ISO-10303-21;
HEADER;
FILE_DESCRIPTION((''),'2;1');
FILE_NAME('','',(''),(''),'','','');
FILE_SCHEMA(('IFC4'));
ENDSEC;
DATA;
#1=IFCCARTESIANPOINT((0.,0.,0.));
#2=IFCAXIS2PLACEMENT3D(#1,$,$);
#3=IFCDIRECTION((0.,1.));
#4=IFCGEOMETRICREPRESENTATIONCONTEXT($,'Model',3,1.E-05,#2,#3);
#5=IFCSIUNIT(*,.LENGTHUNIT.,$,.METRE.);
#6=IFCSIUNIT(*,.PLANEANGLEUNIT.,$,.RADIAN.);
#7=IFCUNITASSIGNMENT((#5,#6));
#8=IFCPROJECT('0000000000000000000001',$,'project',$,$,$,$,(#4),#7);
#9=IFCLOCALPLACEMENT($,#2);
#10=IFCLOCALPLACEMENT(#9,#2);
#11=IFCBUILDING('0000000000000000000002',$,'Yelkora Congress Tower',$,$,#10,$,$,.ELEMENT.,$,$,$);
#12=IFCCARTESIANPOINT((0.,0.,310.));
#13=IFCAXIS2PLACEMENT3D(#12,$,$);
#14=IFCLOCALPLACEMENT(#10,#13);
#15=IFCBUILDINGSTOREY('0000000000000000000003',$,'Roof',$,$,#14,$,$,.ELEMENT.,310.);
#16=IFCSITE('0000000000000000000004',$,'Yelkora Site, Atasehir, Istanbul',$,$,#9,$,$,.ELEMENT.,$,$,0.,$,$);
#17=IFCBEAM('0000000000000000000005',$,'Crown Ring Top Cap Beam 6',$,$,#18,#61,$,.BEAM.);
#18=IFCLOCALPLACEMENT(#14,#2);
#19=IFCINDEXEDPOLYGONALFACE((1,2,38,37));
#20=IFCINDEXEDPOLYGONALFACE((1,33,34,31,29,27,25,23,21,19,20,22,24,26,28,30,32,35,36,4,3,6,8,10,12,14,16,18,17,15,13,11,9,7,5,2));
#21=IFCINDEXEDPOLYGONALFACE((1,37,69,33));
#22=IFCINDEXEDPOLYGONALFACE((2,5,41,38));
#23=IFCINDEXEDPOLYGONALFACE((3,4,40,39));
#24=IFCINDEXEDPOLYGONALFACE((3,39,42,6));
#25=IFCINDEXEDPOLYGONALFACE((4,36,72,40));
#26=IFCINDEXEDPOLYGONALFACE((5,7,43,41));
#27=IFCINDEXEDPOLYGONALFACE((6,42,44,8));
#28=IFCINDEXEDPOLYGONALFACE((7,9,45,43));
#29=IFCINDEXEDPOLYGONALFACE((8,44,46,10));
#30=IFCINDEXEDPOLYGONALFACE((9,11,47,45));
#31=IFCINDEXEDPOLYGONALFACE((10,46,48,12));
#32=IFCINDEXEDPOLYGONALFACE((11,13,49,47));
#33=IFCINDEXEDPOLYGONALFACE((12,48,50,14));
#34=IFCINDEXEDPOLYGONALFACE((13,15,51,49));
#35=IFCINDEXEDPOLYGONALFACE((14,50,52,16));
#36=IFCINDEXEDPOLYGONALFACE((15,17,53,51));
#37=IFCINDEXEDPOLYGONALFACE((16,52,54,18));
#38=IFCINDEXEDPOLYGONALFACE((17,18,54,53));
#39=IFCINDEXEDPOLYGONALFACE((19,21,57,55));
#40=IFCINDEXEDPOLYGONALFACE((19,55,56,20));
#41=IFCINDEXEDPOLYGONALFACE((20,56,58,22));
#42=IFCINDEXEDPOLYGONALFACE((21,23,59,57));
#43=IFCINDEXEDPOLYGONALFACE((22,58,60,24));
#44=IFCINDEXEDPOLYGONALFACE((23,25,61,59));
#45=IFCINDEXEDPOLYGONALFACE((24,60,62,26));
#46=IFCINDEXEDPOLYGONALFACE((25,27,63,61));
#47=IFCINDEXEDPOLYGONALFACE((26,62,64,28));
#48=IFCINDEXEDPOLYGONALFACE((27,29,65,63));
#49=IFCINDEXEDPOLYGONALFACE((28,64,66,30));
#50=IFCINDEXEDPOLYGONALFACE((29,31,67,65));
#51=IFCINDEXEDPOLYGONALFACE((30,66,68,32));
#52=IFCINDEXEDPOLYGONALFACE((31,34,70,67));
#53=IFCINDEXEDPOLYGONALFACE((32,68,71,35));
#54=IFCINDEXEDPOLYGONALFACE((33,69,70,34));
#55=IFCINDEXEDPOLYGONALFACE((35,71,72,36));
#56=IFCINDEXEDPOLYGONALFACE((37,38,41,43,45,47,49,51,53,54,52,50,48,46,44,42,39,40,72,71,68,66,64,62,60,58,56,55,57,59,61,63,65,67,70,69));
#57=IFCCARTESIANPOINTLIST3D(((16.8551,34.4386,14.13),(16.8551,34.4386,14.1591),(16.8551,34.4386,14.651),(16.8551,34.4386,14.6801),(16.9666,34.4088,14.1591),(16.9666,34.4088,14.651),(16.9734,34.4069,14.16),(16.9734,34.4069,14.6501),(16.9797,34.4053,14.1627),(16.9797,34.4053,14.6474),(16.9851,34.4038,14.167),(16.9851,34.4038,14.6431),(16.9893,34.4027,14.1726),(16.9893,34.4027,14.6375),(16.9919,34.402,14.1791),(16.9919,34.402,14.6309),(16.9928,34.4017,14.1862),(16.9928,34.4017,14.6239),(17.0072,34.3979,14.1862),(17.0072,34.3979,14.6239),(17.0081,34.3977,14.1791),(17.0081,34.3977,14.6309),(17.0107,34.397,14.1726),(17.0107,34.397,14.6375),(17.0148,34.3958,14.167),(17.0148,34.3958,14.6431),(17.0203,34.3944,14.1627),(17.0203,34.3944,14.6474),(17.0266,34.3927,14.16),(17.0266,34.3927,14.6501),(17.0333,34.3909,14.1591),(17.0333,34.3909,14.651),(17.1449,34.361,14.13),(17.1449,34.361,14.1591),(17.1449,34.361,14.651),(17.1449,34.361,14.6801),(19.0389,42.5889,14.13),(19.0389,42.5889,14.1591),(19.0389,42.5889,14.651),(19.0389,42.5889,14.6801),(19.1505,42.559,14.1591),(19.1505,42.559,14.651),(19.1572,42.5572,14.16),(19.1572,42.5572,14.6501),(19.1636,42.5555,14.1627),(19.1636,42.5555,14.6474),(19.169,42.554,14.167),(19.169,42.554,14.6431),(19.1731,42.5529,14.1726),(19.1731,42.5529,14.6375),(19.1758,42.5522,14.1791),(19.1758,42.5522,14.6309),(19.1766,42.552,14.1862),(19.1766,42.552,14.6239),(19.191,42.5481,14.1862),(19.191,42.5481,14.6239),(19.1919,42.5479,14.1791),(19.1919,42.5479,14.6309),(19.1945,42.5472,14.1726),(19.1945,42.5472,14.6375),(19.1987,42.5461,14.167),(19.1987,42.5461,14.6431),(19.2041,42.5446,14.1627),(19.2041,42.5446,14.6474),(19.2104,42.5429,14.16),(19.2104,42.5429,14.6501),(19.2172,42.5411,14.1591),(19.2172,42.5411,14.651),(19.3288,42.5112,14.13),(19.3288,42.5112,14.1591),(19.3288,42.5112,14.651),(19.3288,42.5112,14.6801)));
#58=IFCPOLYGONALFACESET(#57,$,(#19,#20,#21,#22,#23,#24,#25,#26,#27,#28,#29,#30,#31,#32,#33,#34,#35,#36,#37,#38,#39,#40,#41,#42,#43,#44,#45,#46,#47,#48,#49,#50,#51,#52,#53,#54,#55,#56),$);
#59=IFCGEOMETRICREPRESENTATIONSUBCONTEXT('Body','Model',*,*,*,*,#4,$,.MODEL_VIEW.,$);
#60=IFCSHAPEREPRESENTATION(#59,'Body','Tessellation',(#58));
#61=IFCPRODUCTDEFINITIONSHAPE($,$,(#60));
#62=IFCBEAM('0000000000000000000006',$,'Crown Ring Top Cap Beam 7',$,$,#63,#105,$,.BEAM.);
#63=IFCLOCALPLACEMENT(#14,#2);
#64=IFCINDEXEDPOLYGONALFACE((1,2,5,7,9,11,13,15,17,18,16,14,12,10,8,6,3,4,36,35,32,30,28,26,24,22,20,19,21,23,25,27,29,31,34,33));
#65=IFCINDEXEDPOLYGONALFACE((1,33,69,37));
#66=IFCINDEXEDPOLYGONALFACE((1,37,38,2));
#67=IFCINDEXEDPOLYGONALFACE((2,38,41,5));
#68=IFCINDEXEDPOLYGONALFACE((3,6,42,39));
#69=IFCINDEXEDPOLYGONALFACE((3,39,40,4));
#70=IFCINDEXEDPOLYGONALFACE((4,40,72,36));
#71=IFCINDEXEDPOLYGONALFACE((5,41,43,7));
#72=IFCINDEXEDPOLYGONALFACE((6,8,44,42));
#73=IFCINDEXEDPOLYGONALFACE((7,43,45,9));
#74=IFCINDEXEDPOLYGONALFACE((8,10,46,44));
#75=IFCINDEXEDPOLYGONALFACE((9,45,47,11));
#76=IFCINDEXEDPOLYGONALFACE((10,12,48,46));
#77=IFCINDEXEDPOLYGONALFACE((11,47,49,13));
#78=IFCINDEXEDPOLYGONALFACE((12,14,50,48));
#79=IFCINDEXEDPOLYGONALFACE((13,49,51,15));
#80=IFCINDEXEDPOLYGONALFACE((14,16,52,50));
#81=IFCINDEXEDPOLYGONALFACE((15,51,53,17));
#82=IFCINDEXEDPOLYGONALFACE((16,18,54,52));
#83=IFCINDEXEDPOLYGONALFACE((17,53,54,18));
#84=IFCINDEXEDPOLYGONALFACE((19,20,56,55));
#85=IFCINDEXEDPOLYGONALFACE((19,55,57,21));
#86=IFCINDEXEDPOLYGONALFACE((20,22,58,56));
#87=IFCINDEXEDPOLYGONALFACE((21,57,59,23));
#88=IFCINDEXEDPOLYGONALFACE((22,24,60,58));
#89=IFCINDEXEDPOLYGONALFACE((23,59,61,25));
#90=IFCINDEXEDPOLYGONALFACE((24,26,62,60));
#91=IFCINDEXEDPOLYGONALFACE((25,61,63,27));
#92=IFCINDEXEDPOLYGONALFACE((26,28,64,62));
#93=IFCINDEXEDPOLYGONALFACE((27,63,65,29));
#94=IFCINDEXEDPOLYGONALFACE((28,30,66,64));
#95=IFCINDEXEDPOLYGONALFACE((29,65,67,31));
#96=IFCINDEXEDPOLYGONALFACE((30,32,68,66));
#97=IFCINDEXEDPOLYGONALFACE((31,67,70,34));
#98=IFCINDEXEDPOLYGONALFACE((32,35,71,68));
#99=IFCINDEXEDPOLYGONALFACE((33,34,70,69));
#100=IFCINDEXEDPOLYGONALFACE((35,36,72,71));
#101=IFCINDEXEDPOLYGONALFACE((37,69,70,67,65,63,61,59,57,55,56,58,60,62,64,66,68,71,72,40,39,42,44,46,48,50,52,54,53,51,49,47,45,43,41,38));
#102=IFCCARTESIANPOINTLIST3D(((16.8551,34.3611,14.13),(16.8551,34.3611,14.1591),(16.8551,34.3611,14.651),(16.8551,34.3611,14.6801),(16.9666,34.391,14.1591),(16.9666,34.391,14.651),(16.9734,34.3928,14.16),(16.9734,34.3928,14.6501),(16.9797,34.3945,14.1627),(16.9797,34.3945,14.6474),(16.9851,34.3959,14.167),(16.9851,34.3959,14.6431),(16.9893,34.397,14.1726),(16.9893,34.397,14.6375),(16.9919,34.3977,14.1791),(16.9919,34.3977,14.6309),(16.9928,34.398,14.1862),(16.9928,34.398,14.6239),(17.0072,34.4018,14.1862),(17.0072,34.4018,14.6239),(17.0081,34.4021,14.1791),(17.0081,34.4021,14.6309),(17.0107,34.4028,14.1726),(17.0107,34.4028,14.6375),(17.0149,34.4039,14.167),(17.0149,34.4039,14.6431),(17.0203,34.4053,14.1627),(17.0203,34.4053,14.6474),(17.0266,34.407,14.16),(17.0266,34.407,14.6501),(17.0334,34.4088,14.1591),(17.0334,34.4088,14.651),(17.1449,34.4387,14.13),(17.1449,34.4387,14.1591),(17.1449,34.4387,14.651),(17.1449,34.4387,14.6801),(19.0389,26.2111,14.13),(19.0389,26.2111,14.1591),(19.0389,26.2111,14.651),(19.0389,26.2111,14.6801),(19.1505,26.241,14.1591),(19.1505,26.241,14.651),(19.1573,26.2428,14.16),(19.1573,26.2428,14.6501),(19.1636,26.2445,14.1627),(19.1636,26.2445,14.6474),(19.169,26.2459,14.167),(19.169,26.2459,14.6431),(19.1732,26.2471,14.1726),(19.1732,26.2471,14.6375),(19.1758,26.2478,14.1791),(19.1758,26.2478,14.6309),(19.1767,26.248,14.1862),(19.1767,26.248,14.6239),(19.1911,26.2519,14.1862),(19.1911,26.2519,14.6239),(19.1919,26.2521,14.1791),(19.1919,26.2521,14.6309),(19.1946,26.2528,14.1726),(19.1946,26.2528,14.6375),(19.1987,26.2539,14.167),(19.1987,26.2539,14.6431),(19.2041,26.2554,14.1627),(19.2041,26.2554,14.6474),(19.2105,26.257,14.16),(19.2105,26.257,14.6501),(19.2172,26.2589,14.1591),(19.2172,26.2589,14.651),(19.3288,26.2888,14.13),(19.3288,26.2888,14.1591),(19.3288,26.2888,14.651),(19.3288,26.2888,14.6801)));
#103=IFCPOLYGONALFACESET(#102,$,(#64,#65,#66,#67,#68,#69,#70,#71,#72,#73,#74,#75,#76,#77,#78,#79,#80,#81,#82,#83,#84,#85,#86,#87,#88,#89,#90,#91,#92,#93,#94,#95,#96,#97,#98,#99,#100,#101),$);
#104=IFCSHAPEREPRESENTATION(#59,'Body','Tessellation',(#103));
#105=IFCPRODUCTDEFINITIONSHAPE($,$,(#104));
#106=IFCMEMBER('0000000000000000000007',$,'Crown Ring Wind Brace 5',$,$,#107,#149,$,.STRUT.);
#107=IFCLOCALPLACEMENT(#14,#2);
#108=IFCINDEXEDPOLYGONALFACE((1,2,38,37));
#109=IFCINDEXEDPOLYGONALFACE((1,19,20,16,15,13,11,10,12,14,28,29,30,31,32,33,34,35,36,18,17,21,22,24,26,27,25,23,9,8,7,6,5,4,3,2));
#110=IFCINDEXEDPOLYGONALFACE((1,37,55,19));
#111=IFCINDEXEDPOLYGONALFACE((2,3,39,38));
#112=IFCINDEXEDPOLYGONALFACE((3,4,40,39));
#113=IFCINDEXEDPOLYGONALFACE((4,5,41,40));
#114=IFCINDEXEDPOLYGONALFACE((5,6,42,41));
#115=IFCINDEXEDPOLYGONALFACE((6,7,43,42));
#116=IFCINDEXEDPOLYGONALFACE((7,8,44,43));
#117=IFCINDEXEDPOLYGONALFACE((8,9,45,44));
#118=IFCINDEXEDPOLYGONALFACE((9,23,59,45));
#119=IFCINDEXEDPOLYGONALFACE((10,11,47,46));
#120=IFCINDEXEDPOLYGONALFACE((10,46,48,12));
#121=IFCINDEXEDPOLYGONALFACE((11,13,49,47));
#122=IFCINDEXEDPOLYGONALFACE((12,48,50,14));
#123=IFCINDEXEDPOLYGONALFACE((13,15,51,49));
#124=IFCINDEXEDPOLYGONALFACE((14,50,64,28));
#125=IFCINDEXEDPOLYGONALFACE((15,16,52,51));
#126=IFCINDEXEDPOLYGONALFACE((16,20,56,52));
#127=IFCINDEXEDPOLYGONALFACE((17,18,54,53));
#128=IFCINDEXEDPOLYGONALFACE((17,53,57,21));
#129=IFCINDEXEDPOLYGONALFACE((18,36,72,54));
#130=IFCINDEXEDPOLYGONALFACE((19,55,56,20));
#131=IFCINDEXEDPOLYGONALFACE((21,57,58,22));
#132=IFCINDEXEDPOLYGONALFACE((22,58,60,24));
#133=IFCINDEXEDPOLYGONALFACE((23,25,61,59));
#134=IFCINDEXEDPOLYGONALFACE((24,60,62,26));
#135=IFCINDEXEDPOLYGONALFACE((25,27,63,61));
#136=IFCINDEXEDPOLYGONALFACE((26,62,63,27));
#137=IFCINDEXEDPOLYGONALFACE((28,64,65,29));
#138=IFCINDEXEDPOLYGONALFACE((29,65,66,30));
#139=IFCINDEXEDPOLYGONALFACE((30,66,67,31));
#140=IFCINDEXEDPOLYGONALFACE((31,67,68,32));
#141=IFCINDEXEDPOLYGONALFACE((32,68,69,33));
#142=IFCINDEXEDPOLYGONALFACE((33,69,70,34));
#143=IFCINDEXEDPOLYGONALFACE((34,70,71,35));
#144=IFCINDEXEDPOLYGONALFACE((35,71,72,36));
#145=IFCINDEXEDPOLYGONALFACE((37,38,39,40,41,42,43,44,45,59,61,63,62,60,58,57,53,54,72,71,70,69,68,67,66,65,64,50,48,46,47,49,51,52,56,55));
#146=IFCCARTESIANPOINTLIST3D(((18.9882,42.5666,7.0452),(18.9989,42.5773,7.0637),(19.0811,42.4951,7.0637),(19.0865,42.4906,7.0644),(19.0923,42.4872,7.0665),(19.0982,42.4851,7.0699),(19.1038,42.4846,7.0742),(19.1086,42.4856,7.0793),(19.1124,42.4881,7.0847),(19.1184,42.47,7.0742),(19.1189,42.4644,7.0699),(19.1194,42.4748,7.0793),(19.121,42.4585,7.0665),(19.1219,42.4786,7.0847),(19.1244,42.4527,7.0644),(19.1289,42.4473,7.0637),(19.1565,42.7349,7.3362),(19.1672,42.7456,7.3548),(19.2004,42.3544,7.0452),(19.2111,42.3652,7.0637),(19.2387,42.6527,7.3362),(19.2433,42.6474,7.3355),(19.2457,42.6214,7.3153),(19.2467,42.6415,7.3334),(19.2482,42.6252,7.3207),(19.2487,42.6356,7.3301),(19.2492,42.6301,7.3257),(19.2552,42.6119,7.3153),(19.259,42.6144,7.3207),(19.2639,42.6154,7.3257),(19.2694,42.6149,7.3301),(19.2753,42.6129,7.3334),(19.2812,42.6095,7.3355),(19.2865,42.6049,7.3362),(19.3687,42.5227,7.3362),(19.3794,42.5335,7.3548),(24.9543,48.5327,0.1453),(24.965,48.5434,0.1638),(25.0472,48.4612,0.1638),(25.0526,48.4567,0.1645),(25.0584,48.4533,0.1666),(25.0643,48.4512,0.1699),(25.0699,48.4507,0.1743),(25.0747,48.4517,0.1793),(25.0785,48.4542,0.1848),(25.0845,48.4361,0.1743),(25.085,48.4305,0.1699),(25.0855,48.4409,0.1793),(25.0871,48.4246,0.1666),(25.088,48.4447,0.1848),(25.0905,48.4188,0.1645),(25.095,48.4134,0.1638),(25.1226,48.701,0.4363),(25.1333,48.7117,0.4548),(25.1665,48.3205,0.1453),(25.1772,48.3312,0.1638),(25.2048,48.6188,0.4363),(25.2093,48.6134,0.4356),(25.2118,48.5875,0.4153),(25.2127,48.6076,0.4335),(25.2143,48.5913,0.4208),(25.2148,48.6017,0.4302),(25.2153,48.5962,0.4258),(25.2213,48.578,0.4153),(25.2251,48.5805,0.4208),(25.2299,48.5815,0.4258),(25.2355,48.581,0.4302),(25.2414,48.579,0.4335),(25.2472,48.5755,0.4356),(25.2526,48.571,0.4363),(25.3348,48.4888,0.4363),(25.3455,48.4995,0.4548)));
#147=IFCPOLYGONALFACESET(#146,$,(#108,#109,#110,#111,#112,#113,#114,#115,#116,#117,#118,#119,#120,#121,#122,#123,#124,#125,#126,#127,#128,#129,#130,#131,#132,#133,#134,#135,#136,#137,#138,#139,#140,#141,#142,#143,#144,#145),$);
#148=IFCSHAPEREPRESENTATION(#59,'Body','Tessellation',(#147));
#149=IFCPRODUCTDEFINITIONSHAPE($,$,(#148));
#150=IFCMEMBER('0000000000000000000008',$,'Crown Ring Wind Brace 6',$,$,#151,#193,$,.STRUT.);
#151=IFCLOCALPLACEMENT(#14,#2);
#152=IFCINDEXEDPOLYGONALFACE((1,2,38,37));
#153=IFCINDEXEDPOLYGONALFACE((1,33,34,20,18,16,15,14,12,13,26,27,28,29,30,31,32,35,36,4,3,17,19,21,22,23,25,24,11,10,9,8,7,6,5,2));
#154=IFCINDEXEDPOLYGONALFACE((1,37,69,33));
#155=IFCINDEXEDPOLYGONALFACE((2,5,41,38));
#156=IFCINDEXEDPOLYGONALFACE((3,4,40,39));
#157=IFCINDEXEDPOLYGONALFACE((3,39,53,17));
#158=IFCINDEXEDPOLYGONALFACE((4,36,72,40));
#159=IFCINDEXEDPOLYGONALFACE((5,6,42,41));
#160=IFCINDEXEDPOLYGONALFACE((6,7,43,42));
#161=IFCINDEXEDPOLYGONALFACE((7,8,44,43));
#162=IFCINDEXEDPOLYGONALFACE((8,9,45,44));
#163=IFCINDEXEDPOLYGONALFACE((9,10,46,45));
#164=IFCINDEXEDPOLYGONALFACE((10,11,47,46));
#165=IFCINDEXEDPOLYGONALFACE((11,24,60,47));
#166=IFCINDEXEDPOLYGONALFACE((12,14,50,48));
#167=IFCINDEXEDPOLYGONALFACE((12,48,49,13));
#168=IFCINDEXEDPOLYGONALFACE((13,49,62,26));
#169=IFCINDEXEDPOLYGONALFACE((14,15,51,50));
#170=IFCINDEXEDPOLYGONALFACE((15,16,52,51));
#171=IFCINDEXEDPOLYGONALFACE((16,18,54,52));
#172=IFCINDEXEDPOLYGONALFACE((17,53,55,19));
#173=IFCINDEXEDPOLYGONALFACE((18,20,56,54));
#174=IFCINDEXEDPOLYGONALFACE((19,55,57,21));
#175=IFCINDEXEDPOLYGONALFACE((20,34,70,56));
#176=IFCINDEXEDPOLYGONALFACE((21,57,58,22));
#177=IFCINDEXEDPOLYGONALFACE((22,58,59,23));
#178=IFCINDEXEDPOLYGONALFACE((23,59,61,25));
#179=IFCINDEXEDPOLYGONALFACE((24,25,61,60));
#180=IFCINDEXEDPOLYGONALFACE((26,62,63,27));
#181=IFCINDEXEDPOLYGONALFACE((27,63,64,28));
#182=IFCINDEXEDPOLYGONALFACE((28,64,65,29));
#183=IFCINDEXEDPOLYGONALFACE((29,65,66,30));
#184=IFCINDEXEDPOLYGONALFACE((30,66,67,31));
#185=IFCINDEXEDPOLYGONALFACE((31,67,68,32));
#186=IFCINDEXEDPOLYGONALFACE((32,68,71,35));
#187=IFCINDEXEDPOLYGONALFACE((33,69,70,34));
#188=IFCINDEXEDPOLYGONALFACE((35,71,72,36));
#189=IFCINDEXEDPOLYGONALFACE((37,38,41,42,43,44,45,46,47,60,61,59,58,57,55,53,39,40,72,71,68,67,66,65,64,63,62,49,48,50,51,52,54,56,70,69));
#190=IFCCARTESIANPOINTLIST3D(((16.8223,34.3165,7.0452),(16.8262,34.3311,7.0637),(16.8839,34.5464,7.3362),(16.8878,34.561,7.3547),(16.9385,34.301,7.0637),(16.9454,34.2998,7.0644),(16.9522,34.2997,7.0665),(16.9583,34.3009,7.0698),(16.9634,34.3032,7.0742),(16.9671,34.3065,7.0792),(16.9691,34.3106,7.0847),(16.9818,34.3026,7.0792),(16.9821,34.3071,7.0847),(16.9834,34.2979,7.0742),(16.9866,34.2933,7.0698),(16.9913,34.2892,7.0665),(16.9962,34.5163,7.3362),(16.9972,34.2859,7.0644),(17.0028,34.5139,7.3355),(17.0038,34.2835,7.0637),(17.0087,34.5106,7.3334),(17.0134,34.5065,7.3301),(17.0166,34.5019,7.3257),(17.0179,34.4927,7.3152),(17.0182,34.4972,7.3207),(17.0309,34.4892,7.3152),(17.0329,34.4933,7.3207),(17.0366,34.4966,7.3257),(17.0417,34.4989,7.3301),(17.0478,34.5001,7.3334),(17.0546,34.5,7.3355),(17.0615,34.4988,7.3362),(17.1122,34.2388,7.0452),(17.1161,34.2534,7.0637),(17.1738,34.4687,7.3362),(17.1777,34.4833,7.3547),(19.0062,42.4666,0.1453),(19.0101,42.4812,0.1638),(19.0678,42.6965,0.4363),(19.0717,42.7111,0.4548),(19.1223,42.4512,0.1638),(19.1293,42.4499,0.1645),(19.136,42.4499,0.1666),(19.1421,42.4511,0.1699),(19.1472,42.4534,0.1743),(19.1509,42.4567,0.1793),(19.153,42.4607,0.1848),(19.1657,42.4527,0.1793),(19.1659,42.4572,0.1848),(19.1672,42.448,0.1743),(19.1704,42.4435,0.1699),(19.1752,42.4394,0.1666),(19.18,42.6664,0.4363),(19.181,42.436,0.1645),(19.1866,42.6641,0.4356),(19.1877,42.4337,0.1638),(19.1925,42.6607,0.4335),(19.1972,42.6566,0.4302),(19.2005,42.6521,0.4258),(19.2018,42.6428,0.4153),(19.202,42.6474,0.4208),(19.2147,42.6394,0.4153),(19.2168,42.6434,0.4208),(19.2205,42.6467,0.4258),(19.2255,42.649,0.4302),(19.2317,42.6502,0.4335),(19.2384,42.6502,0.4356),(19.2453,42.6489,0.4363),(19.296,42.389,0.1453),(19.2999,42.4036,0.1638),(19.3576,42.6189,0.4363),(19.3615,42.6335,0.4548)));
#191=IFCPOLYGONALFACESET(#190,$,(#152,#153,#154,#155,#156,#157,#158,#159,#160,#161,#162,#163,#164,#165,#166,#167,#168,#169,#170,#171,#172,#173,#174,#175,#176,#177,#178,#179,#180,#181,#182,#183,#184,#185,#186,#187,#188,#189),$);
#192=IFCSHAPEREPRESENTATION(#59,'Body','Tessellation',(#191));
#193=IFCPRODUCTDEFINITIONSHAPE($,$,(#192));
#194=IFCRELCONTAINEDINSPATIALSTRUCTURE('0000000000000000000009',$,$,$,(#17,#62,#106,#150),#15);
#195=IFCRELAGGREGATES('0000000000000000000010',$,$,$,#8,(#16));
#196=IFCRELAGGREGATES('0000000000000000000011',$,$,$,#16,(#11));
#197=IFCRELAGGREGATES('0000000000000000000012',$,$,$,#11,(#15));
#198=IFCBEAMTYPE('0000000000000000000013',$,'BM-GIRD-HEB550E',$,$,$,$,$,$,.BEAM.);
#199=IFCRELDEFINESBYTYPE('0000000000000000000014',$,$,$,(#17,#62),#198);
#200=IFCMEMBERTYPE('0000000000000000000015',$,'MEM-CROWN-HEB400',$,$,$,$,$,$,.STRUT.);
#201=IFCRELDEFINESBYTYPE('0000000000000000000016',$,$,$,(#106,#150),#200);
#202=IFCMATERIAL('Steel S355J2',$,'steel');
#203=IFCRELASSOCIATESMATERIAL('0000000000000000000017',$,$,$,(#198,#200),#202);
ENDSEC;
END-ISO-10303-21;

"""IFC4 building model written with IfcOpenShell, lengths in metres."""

from ifc_helpers import new_model, si_unit, direction, frame, origin, origin_2d, place, context, subcontext, project, spatial, i_section, extrude, material, material_profile, profile_set, type_object, element, save


model = new_model("IFC4")

# Units and contexts
model_context = context("Model", 3, precision=1e-05, world=origin(), true_north=direction((0.0, 1.0)))
body_context = subcontext(model_context, "Body", "Model", "MODEL_VIEW")
ifc_project = project(units=[si_unit("LENGTHUNIT", "METRE"), si_unit("PLANEANGLEUNIT", "RADIAN")], contexts=[model_context])

# Site, building, storey
site_placement = place(None, origin())
site = spatial("IfcSite", under=ifc_project, at=site_placement, Name="Yelkora Site, Atasehir, Istanbul", CompositionType="ELEMENT", RefElevation=0.0)
building_placement = place(site_placement, origin())
building = spatial("IfcBuilding", under=site, at=building_placement, Name="Yelkora Congress Tower", CompositionType="ELEMENT")
storey_placement = place(building_placement, frame((0.0, 0.0, 310.0)))
storey = spatial("IfcBuildingStorey", under=building, at=storey_placement, Name="Roof", CompositionType="ELEMENT", Elevation=310.0)

# Shared definitions
ifc_material_1 = material(Name="Steel S355J2", Category="steel")

# Beams
ifc_material_profile_1 = material_profile(ifc_material_1, i_section(OverallWidth=0.3, OverallDepth=0.55, WebThickness=0.0149, FlangeThickness=0.0291, FilletRadius=0.0271, at=origin_2d()), Name="HEB 550")
ifc_profile_set_1 = profile_set([ifc_material_profile_1], Name="Steel S355J2")
beam_type_1 = type_object("IfcBeamType", Name="BM-GIRD-HEB550E", PredefinedType="BEAM", material=ifc_profile_set_1)
beam_1_placement = place(storey_placement, frame((19.1838, 42.55, 14.405), z_axis=(-0.25882, -0.965925, 0.0), x_axis=(0.965925, -0.25882, 0.0)))
element("IfcBeam", 1, at=beam_1_placement, inside=storey, type_object=beam_type_1, Name="Crown Ring Top Cap Beam 6", PredefinedType="BEAM", context=body_context, shape_type="SweptSolid", body=[
    extrude(i_section(OverallWidth=0.3, OverallDepth=0.55, WebThickness=0.0149, FlangeThickness=0.0291, FilletRadius=0.0271, at=origin_2d()), origin(), (0.0, 0.0, 1.0), 8.4377),
])
beam_2_placement = place(storey_placement, frame((17.0, 34.3999, 14.405), z_axis=(0.258828, -0.965924, 0.0), x_axis=(0.965924, 0.258828, 0.0)))
element("IfcBeam", 2, at=beam_2_placement, inside=storey, type_object=beam_type_1, Name="Crown Ring Top Cap Beam 7", PredefinedType="BEAM", context=body_context, shape_type="SweptSolid", body=[
    extrude(i_section(OverallWidth=0.3, OverallDepth=0.55, WebThickness=0.0149, FlangeThickness=0.0291, FilletRadius=0.0271, at=origin_2d()), origin(), (0.0, 0.0, 1.0), 8.4375),
])

# Members
ifc_material_profile_2 = material_profile(ifc_material_1, i_section(OverallWidth=0.3, OverallDepth=0.3999, WebThickness=0.0134, FlangeThickness=0.0239, FilletRadius=0.0271, at=origin_2d()), Name="HEB 400")
ifc_profile_set_2 = profile_set([ifc_material_profile_2], Name="Steel S355J2")
member_type = type_object("IfcMemberType", Name="MEM-CROWN-HEB400", PredefinedType="STRUT", material=ifc_profile_set_2)
member_1_placement = place(storey_placement, frame((25.1499, 48.5161, 0.3), z_axis=(-0.547376, -0.547376, 0.633055), x_axis=(0.707107, -0.707107, 0.0)))
element("IfcMember", 3, at=member_1_placement, inside=storey, type_object=member_type, Name="Crown Ring Wind Brace 5", PredefinedType="STRUT", context=body_context, shape_type="SweptSolid", body=[
    extrude(i_section(OverallWidth=0.3, OverallDepth=0.3999, WebThickness=0.0134, FlangeThickness=0.0239, FilletRadius=0.0271, at=origin_2d()), origin(), (0.0, 0.0, 1.0), 10.8994),
])
member_2_placement = place(storey_placement, frame((19.1838, 42.55, 0.3), z_axis=(-0.200358, -0.747743, 0.633038), x_axis=(0.965925, -0.25882, 0.0)))
element("IfcMember", 4, at=member_2_placement, inside=storey, type_object=member_type, Name="Crown Ring Wind Brace 6", PredefinedType="STRUT", context=body_context, shape_type="SweptSolid", body=[
    extrude(i_section(OverallWidth=0.3, OverallDepth=0.3999, WebThickness=0.0134, FlangeThickness=0.0239, FilletRadius=0.0271, at=origin_2d()), origin(), (0.0, 0.0, 1.0), 10.8997),
])

save(model, "model.ifc")
